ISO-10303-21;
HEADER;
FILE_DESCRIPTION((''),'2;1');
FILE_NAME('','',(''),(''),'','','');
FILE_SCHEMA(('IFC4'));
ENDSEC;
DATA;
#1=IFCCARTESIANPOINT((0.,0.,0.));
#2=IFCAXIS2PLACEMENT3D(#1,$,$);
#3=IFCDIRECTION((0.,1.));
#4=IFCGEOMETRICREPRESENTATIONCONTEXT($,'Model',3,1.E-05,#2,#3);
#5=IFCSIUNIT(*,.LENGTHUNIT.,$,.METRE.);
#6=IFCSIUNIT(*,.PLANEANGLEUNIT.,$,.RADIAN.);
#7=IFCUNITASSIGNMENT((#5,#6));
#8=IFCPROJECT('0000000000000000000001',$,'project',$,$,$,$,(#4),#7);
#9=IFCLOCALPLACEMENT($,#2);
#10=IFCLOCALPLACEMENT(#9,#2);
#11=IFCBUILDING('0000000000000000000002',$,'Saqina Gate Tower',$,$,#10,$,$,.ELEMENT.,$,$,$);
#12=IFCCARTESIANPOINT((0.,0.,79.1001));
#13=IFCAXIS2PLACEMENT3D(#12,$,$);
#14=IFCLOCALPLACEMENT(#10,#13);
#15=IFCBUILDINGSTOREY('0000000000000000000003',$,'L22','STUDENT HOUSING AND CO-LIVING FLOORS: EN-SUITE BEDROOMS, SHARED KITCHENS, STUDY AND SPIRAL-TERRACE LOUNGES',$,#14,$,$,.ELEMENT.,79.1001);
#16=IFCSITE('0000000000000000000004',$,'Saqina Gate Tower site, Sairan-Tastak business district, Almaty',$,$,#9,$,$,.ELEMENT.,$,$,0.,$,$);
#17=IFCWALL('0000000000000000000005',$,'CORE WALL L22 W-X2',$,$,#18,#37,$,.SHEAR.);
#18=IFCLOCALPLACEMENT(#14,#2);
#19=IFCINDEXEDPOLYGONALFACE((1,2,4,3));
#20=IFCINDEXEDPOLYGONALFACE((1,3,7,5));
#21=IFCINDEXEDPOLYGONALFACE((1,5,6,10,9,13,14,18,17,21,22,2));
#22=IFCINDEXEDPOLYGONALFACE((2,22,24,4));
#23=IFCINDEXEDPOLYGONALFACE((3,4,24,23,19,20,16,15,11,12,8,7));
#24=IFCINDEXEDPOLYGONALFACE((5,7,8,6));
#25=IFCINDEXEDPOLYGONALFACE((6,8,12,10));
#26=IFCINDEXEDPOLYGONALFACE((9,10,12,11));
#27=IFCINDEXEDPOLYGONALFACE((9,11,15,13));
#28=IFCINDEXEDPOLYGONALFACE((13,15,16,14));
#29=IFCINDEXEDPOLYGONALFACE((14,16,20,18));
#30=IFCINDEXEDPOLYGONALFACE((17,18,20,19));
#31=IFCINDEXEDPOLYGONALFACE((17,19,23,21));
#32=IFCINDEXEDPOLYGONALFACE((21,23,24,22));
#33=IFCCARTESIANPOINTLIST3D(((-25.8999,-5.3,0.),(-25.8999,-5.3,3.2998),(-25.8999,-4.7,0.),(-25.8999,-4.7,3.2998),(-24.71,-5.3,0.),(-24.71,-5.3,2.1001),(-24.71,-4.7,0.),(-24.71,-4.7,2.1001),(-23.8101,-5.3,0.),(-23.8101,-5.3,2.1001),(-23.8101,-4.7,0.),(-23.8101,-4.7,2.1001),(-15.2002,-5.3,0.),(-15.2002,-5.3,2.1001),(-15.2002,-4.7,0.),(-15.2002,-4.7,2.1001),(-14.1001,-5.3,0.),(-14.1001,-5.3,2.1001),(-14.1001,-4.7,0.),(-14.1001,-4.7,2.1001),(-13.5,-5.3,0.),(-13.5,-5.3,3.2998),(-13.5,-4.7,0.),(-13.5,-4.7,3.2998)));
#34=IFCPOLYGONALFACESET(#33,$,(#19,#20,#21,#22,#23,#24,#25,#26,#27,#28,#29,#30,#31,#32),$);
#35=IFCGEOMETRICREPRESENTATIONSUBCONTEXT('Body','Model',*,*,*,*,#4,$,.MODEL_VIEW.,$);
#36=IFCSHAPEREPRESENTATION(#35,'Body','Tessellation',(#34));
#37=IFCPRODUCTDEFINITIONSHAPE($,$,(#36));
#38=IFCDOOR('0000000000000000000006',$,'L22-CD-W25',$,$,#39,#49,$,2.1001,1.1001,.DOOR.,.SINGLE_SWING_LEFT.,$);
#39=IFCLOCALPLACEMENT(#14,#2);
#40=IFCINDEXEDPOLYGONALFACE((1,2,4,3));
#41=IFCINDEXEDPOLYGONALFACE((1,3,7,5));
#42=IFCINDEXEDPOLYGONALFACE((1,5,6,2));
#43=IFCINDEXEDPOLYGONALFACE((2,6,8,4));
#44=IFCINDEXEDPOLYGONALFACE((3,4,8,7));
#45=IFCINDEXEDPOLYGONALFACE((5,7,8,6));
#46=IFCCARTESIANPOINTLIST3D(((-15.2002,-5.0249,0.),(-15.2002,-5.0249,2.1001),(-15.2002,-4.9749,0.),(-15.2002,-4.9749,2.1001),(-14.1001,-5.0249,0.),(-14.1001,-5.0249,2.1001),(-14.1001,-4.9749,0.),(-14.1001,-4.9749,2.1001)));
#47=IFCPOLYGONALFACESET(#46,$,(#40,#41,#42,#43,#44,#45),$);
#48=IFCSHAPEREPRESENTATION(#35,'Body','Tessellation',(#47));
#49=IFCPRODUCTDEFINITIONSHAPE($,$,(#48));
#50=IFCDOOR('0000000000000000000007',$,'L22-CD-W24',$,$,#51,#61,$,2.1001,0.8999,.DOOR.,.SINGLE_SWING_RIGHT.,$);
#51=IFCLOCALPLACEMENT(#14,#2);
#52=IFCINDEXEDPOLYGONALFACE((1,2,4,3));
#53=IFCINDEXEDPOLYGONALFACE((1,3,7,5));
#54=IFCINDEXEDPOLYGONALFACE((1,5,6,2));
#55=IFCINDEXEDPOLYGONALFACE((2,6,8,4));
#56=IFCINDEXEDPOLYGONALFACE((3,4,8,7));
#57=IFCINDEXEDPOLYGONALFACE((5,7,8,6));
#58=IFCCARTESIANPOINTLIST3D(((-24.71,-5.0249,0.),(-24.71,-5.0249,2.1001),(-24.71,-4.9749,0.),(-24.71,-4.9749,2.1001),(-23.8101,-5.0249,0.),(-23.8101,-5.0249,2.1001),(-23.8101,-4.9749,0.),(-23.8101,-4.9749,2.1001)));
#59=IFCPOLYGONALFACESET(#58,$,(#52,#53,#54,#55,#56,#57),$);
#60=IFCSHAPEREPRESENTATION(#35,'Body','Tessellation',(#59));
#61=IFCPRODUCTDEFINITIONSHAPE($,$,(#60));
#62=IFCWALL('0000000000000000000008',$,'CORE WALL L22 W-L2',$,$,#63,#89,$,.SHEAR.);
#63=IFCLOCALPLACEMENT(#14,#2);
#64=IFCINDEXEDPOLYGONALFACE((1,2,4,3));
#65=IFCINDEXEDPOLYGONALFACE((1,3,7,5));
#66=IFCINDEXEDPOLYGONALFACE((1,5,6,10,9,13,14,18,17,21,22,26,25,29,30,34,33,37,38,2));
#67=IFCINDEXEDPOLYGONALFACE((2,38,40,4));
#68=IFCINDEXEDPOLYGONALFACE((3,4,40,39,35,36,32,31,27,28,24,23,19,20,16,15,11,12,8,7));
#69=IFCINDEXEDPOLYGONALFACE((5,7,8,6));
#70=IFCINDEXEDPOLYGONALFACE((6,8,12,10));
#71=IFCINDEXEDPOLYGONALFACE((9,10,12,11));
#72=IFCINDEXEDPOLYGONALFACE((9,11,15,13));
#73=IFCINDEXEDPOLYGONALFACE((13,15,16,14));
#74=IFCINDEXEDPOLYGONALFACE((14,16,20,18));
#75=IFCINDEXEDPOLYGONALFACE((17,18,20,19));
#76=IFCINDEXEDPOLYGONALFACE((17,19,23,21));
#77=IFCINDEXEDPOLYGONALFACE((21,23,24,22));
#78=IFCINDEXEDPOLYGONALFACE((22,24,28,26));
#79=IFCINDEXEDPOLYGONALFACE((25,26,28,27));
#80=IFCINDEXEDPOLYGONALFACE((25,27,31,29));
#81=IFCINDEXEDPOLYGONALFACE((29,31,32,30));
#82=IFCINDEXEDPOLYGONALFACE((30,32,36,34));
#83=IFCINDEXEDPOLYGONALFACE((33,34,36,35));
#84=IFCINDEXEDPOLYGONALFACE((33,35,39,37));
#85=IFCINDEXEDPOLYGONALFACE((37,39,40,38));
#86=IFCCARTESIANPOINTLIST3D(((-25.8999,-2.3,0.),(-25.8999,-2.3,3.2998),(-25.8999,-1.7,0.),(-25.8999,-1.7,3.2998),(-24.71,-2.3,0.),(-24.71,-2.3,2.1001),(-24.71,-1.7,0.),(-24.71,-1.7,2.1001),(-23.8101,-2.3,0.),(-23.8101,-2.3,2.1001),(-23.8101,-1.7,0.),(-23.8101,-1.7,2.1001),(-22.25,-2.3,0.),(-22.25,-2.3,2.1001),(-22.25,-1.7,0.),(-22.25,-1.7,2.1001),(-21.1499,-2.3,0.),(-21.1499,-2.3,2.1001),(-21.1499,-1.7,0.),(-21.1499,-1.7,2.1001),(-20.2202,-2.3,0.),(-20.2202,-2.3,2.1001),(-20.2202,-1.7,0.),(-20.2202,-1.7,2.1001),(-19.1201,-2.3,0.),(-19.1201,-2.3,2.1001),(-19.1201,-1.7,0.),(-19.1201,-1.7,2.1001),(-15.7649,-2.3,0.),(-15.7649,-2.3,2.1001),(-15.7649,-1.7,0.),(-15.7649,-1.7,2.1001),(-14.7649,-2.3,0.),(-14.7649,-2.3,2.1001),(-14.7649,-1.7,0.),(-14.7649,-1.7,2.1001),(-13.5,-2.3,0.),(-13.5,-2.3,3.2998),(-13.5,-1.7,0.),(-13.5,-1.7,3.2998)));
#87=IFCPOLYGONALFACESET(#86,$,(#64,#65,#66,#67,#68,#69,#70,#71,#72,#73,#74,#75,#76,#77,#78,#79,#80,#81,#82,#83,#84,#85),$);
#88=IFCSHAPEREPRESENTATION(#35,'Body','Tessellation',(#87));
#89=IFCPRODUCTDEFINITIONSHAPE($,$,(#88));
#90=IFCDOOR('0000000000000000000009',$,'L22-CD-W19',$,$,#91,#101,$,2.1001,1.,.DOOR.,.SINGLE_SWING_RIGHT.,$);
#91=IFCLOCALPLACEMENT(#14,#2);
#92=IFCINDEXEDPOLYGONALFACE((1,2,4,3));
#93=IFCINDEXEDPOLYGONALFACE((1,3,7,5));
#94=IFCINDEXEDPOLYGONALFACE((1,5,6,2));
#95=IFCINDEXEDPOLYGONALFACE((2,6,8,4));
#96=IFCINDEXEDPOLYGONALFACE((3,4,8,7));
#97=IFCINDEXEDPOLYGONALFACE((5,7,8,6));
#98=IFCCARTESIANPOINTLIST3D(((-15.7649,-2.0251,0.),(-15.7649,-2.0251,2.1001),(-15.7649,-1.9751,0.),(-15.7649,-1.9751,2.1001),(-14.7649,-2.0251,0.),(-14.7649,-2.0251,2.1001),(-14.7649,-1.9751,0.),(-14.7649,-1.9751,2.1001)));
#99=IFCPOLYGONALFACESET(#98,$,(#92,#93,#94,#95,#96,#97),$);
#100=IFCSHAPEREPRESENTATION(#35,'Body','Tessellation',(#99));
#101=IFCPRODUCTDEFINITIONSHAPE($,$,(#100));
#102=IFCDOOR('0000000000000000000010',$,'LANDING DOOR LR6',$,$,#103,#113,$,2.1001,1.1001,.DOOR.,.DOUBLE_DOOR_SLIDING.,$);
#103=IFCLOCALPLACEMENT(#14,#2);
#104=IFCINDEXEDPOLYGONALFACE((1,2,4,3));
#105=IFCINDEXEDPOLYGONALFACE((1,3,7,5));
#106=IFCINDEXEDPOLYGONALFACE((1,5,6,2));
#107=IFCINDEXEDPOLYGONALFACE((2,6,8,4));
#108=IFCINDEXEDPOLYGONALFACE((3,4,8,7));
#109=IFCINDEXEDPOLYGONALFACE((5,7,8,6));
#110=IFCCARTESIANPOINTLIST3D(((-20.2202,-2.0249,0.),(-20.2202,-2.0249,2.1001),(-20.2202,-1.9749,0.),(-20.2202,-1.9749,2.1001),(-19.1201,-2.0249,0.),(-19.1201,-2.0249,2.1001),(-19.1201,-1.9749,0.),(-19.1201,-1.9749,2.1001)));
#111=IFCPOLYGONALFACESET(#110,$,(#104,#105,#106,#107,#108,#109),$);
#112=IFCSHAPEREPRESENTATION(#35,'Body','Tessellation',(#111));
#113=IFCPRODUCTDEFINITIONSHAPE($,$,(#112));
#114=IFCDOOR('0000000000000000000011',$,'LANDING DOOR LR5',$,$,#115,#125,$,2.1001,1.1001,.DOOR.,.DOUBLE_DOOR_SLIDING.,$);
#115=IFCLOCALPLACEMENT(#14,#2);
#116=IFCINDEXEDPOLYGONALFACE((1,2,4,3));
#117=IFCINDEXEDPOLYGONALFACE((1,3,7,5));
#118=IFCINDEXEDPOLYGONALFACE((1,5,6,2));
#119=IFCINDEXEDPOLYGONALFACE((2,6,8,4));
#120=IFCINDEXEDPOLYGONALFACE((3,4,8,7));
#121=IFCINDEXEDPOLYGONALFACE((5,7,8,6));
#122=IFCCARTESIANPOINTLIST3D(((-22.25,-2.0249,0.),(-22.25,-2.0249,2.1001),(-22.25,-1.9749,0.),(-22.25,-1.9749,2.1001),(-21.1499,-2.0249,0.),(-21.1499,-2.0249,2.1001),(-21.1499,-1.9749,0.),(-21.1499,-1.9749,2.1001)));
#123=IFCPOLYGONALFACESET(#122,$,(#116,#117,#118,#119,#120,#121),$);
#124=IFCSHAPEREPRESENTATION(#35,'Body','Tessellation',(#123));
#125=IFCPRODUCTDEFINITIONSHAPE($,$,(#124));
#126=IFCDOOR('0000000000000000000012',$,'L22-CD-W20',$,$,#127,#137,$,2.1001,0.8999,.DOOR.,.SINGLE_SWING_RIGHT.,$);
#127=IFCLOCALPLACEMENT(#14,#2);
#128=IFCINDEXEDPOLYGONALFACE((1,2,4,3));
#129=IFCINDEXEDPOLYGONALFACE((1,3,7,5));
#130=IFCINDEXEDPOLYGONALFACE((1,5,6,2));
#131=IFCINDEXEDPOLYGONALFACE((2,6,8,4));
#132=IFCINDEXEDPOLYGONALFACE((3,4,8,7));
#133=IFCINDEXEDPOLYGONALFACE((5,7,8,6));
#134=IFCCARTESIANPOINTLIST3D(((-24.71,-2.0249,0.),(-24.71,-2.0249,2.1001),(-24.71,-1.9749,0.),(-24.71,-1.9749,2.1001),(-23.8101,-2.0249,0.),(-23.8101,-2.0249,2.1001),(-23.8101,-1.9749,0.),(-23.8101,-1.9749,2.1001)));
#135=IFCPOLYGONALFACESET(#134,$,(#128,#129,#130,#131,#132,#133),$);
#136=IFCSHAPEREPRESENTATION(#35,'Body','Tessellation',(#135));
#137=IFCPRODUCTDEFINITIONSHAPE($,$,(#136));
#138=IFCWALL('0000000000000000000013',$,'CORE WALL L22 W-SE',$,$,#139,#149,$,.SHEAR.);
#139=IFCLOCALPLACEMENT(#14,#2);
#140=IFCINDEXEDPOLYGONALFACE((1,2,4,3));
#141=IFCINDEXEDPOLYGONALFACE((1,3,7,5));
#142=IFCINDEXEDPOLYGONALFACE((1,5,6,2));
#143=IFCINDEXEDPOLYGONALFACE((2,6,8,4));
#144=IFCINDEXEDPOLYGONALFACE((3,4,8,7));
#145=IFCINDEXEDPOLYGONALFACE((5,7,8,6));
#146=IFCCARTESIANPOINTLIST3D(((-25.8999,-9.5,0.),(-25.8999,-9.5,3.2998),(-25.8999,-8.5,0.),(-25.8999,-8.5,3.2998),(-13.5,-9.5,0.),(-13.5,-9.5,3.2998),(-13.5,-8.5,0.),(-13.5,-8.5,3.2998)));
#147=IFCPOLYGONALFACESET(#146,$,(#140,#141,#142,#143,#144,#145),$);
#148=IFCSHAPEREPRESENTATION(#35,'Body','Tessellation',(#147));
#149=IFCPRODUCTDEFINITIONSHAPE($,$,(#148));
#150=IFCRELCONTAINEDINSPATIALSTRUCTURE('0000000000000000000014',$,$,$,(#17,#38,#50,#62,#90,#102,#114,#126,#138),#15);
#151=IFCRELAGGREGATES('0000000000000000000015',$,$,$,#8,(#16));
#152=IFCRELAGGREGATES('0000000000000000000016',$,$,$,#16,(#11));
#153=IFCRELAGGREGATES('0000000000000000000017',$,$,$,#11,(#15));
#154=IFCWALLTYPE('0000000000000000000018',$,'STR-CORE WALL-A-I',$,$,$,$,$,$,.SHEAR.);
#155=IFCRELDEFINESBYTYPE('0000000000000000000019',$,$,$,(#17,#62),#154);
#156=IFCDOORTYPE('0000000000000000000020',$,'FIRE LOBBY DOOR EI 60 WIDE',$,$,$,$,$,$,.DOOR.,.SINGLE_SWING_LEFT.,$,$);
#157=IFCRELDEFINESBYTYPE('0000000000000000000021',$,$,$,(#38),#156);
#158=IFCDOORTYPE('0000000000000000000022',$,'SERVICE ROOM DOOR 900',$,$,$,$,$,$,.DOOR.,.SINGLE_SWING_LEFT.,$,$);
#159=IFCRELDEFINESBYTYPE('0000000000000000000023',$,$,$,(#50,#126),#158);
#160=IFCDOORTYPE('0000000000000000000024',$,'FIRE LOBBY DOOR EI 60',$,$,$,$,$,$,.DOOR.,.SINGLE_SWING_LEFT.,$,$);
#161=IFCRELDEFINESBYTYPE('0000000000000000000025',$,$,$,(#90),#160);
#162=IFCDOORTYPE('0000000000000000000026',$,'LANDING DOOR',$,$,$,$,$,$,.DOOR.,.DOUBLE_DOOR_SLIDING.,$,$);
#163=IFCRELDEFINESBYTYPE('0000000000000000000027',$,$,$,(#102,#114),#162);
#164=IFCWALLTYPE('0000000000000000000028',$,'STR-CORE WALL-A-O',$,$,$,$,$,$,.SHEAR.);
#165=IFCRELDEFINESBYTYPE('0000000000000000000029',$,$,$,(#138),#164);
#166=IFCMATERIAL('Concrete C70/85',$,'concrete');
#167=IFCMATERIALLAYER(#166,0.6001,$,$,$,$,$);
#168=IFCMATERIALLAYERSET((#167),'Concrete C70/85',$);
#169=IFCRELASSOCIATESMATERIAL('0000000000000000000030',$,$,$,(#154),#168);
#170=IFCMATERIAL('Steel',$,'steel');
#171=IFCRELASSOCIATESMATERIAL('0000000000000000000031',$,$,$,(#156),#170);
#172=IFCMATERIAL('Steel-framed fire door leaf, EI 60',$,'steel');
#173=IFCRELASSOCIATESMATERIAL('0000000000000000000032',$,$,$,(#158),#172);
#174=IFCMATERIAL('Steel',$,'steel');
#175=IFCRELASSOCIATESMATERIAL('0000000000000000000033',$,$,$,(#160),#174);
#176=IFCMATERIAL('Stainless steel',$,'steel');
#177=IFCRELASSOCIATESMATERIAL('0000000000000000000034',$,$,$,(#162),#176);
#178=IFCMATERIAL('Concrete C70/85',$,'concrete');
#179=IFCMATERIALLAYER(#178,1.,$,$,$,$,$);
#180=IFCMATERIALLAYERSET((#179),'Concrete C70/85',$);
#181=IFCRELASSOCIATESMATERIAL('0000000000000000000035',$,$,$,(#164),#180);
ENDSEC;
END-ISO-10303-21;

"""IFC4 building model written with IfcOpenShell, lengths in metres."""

from ifc_helpers import new_model, si_unit, direction, frame, frame_2d, origin, place, context, subcontext, project, spatial, rectangle, extrude, material, layer, layer_set, type_object, element, fill, save


model = new_model("IFC4")

# Units and contexts
model_context = context("Model", 3, precision=1e-05, world=origin(), true_north=direction((0.0, 1.0)))
body_context = subcontext(model_context, "Body", "Model", "MODEL_VIEW")
ifc_project = project(units=[si_unit("LENGTHUNIT", "METRE"), si_unit("PLANEANGLEUNIT", "RADIAN")], contexts=[model_context])

# Site, building, storey
site_placement = place(None, origin())
site = spatial("IfcSite", under=ifc_project, at=site_placement, Name="Saqina Gate Tower site, Sairan-Tastak business district, Almaty", CompositionType="ELEMENT", RefElevation=0.0)
building_placement = place(site_placement, origin())
building = spatial("IfcBuilding", under=site, at=building_placement, Name="Saqina Gate Tower", CompositionType="ELEMENT")
storey_placement = place(building_placement, frame((0.0, 0.0, 79.1001)))
storey = spatial("IfcBuildingStorey", under=building, at=storey_placement, Name="L22", Description="STUDENT HOUSING AND CO-LIVING FLOORS: EN-SUITE BEDROOMS, SHARED KITCHENS, STUDY AND SPIRAL-TERRACE LOUNGES", CompositionType="ELEMENT", Elevation=79.1001)

# Walls, openings, doors
ifc_material_1 = material(Name="Concrete C70/85", Category="concrete")
ifc_layer_1 = layer(ifc_material_1, 0.6001)
ifc_layer_set_1 = layer_set([ifc_layer_1], Name="Concrete C70/85")
wall_type_1 = type_object("IfcWallType", Name="STR-CORE WALL-A-I", PredefinedType="SHEAR", material=ifc_layer_set_1)
wall_1_placement = place(storey_placement, frame((-13.5, -5.0, 0.0), z_axis=(0.0, 0.0, 1.0), x_axis=(-1.0, 0.0, 0.0)))
wall_1 = element("IfcWall", 1, at=wall_1_placement, inside=storey, type_object=wall_type_1, Name="CORE WALL L22 W-X2", PredefinedType="SHEAR", context=body_context, shape_type="SweptSolid", body=[
    extrude(rectangle(XDim=12.3999, YDim=0.6001, at=frame_2d((6.2, 0.0))), origin(), (0.0, 0.0, 1.0), 3.2998),
])
opening_1_placement = place(wall_1_placement, frame((10.3101, 0.0, 0.0)))
opening_1 = element("IfcOpeningElement", 2, at=opening_1_placement, cuts=wall_1, PredefinedType="OPENING", context=body_context, shape_type="SweptSolid", body=[
    extrude(rectangle(XDim=0.8999, YDim=2.1001, at=frame_2d((0.45, 1.05))), frame((0.0, 0.312, 0.0), z_axis=(0.0, -1.0, 0.0), x_axis=(1.0, 0.0, 0.0)), (0.0, 0.0, 1.0), 0.624),
])
opening_2_placement = place(wall_1_placement, frame((0.6001, 0.0, 0.0)))
opening_2 = element("IfcOpeningElement", 3, at=opening_2_placement, cuts=wall_1, PredefinedType="OPENING", context=body_context, shape_type="SweptSolid", body=[
    extrude(rectangle(XDim=1.1001, YDim=2.1001, at=frame_2d((0.55, 1.05))), frame((0.0, 0.312, 0.0), z_axis=(0.0, -1.0, 0.0), x_axis=(1.0, 0.0, 0.0)), (0.0, 0.0, 1.0), 0.624),
])
ifc_material_2 = material(Name="Steel", Category="steel")
door_type_1 = type_object("IfcDoorType", Name="FIRE LOBBY DOOR EI 60 WIDE", OperationType="SINGLE_SWING_LEFT", PredefinedType="DOOR", material=ifc_material_2)
door_1_placement = place(opening_2_placement, origin())
door_1 = element("IfcDoor", 4, at=door_1_placement, inside=storey, type_object=door_type_1, Name="L22-CD-W25", OperationType="SINGLE_SWING_LEFT", OverallHeight=2.1001, OverallWidth=1.1001, PredefinedType="DOOR", context=body_context, shape_type="SweptSolid", body=[
    extrude(rectangle(XDim=1.1001, YDim=2.1001, at=frame_2d((0.55, 1.05))), frame((0.0, 0.0249, 0.0), z_axis=(0.0, -1.0, 0.0), x_axis=(1.0, 0.0, 0.0)), (0.0, 0.0, 1.0), 0.05),
])
fill(opening_2, door_1)
ifc_material_3 = material(Name="Steel-framed fire door leaf, EI 60", Category="steel")
door_type_2 = type_object("IfcDoorType", Name="SERVICE ROOM DOOR 900", OperationType="SINGLE_SWING_LEFT", PredefinedType="DOOR", material=ifc_material_3)
door_2_placement = place(opening_1_placement, origin())
door_2 = element("IfcDoor", 5, at=door_2_placement, inside=storey, type_object=door_type_2, Name="L22-CD-W24", OperationType="SINGLE_SWING_RIGHT", OverallHeight=2.1001, OverallWidth=0.8999, PredefinedType="DOOR", context=body_context, shape_type="SweptSolid", body=[
    extrude(rectangle(XDim=0.8999, YDim=2.1001, at=frame_2d((0.45, 1.05))), frame((0.0, 0.0249, 0.0), z_axis=(0.0, -1.0, 0.0), x_axis=(1.0, 0.0, 0.0)), (0.0, 0.0, 1.0), 0.05),
])
fill(opening_1, door_2)
wall_2_placement = place(storey_placement, frame((-13.5, -2.0, 0.0), z_axis=(0.0, 0.0, 1.0), x_axis=(-1.0, 0.0, 0.0)))
wall_2 = element("IfcWall", 6, at=wall_2_placement, inside=storey, type_object=wall_type_1, Name="CORE WALL L22 W-L2", PredefinedType="SHEAR", context=body_context, shape_type="SweptSolid", body=[
    extrude(rectangle(XDim=12.3999, YDim=0.6001, at=frame_2d((6.2, 0.0))), origin(), (0.0, 0.0, 1.0), 3.2998),
])
opening_3_placement = place(wall_2_placement, frame((5.6201, 0.0, 0.0)))
opening_3 = element("IfcOpeningElement", 7, at=opening_3_placement, cuts=wall_2, PredefinedType="OPENING", context=body_context, shape_type="SweptSolid", body=[
    extrude(rectangle(XDim=1.1001, YDim=2.1001, at=frame_2d((0.55, 1.05))), frame((0.0, 0.312, 0.0), z_axis=(0.0, -1.0, 0.0), x_axis=(1.0, 0.0, 0.0)), (0.0, 0.0, 1.0), 0.624),
])
opening_4_placement = place(wall_2_placement, frame((7.6499, 0.0, 0.0)))
opening_4 = element("IfcOpeningElement", 8, at=opening_4_placement, cuts=wall_2, PredefinedType="OPENING", context=body_context, shape_type="SweptSolid", body=[
    extrude(rectangle(XDim=1.1001, YDim=2.1001, at=frame_2d((0.55, 1.05))), frame((0.0, 0.312, 0.0), z_axis=(0.0, -1.0, 0.0), x_axis=(1.0, 0.0, 0.0)), (0.0, 0.0, 1.0), 0.624),
])
opening_5_placement = place(wall_2_placement, frame((1.2649, 0.0, 0.0)))
opening_5 = element("IfcOpeningElement", 9, at=opening_5_placement, cuts=wall_2, PredefinedType="OPENING", context=body_context, shape_type="SweptSolid", body=[
    extrude(rectangle(XDim=1.0, YDim=2.1001, at=frame_2d((0.5, 1.05))), frame((0.0, 0.312, 0.0), z_axis=(0.0, -1.0, 0.0), x_axis=(1.0, 0.0, 0.0)), (0.0, 0.0, 1.0), 0.624),
])
opening_6_placement = place(wall_2_placement, frame((10.3101, 0.0, 0.0)))
opening_6 = element("IfcOpeningElement", 10, at=opening_6_placement, cuts=wall_2, PredefinedType="OPENING", context=body_context, shape_type="SweptSolid", body=[
    extrude(rectangle(XDim=0.8999, YDim=2.1001, at=frame_2d((0.45, 1.05))), frame((0.0, 0.312, 0.0), z_axis=(0.0, -1.0, 0.0), x_axis=(1.0, 0.0, 0.0)), (0.0, 0.0, 1.0), 0.624),
])
ifc_material_4 = material(Name="Steel", Category="steel")
door_type_3 = type_object("IfcDoorType", Name="FIRE LOBBY DOOR EI 60", OperationType="SINGLE_SWING_LEFT", PredefinedType="DOOR", material=ifc_material_4)
door_3_placement = place(opening_5_placement, frame((1.0, 0.0, 0.0), z_axis=(0.0, 0.0, 1.0), x_axis=(-1.0, 0.0, 0.0)))
door_3 = element("IfcDoor", 11, at=door_3_placement, inside=storey, type_object=door_type_3, Name="L22-CD-W19", OperationType="SINGLE_SWING_RIGHT", OverallHeight=2.1001, OverallWidth=1.0, PredefinedType="DOOR", context=body_context, shape_type="SweptSolid", body=[
    extrude(rectangle(XDim=1.0, YDim=2.1001, at=frame_2d((0.5, 1.05))), frame((0.0, 0.0249, 0.0), z_axis=(0.0, -1.0, 0.0), x_axis=(1.0, 0.0, 0.0)), (0.0, 0.0, 1.0), 0.05),
])
fill(opening_5, door_3)
ifc_material_5 = material(Name="Stainless steel", Category="steel")
door_type_4 = type_object("IfcDoorType", Name="LANDING DOOR", OperationType="DOUBLE_DOOR_SLIDING", PredefinedType="DOOR", material=ifc_material_5)
door_4_placement = place(opening_3_placement, origin())
door_4 = element("IfcDoor", 12, at=door_4_placement, inside=storey, type_object=door_type_4, Name="LANDING DOOR LR6", OperationType="DOUBLE_DOOR_SLIDING", OverallHeight=2.1001, OverallWidth=1.1001, PredefinedType="DOOR", context=body_context, shape_type="SweptSolid", body=[
    extrude(rectangle(XDim=1.1001, YDim=2.1001, at=frame_2d((0.55, 1.05))), frame((0.0, 0.0249, 0.0), z_axis=(0.0, -1.0, 0.0), x_axis=(1.0, 0.0, 0.0)), (0.0, 0.0, 1.0), 0.05),
])
fill(opening_3, door_4)
door_5_placement = place(opening_4_placement, origin())
door_5 = element("IfcDoor", 13, at=door_5_placement, inside=storey, type_object=door_type_4, Name="LANDING DOOR LR5", OperationType="DOUBLE_DOOR_SLIDING", OverallHeight=2.1001, OverallWidth=1.1001, PredefinedType="DOOR", context=body_context, shape_type="SweptSolid", body=[
    extrude(rectangle(XDim=1.1001, YDim=2.1001, at=frame_2d((0.55, 1.05))), frame((0.0, 0.0249, 0.0), z_axis=(0.0, -1.0, 0.0), x_axis=(1.0, 0.0, 0.0)), (0.0, 0.0, 1.0), 0.05),
])
fill(opening_4, door_5)
door_6_placement = place(opening_6_placement, origin())
door_6 = element("IfcDoor", 14, at=door_6_placement, inside=storey, type_object=door_type_2, Name="L22-CD-W20", OperationType="SINGLE_SWING_RIGHT", OverallHeight=2.1001, OverallWidth=0.8999, PredefinedType="DOOR", context=body_context, shape_type="SweptSolid", body=[
    extrude(rectangle(XDim=0.8999, YDim=2.1001, at=frame_2d((0.45, 1.05))), frame((0.0, 0.0249, 0.0), z_axis=(0.0, -1.0, 0.0), x_axis=(1.0, 0.0, 0.0)), (0.0, 0.0, 1.0), 0.05),
])
fill(opening_6, door_6)
ifc_material_6 = material(Name="Concrete C70/85", Category="concrete")
ifc_layer_2 = layer(ifc_material_6, 1.0)
ifc_layer_set_2 = layer_set([ifc_layer_2], Name="Concrete C70/85")
wall_type_2 = type_object("IfcWallType", Name="STR-CORE WALL-A-O", PredefinedType="SHEAR", material=ifc_layer_set_2)

# Wall
wall_3_placement = place(storey_placement, frame((-13.5, -9.0, 0.0), z_axis=(0.0, 0.0, 1.0), x_axis=(-1.0, 0.0, 0.0)))
element("IfcWall", 15, at=wall_3_placement, inside=storey, type_object=wall_type_2, Name="CORE WALL L22 W-SE", PredefinedType="SHEAR", context=body_context, shape_type="SweptSolid", body=[
    extrude(rectangle(XDim=12.3999, YDim=1.0, at=frame_2d((6.2, 0.0))), origin(), (0.0, 0.0, 1.0), 3.2998),
])

save(model, "model.ifc")
